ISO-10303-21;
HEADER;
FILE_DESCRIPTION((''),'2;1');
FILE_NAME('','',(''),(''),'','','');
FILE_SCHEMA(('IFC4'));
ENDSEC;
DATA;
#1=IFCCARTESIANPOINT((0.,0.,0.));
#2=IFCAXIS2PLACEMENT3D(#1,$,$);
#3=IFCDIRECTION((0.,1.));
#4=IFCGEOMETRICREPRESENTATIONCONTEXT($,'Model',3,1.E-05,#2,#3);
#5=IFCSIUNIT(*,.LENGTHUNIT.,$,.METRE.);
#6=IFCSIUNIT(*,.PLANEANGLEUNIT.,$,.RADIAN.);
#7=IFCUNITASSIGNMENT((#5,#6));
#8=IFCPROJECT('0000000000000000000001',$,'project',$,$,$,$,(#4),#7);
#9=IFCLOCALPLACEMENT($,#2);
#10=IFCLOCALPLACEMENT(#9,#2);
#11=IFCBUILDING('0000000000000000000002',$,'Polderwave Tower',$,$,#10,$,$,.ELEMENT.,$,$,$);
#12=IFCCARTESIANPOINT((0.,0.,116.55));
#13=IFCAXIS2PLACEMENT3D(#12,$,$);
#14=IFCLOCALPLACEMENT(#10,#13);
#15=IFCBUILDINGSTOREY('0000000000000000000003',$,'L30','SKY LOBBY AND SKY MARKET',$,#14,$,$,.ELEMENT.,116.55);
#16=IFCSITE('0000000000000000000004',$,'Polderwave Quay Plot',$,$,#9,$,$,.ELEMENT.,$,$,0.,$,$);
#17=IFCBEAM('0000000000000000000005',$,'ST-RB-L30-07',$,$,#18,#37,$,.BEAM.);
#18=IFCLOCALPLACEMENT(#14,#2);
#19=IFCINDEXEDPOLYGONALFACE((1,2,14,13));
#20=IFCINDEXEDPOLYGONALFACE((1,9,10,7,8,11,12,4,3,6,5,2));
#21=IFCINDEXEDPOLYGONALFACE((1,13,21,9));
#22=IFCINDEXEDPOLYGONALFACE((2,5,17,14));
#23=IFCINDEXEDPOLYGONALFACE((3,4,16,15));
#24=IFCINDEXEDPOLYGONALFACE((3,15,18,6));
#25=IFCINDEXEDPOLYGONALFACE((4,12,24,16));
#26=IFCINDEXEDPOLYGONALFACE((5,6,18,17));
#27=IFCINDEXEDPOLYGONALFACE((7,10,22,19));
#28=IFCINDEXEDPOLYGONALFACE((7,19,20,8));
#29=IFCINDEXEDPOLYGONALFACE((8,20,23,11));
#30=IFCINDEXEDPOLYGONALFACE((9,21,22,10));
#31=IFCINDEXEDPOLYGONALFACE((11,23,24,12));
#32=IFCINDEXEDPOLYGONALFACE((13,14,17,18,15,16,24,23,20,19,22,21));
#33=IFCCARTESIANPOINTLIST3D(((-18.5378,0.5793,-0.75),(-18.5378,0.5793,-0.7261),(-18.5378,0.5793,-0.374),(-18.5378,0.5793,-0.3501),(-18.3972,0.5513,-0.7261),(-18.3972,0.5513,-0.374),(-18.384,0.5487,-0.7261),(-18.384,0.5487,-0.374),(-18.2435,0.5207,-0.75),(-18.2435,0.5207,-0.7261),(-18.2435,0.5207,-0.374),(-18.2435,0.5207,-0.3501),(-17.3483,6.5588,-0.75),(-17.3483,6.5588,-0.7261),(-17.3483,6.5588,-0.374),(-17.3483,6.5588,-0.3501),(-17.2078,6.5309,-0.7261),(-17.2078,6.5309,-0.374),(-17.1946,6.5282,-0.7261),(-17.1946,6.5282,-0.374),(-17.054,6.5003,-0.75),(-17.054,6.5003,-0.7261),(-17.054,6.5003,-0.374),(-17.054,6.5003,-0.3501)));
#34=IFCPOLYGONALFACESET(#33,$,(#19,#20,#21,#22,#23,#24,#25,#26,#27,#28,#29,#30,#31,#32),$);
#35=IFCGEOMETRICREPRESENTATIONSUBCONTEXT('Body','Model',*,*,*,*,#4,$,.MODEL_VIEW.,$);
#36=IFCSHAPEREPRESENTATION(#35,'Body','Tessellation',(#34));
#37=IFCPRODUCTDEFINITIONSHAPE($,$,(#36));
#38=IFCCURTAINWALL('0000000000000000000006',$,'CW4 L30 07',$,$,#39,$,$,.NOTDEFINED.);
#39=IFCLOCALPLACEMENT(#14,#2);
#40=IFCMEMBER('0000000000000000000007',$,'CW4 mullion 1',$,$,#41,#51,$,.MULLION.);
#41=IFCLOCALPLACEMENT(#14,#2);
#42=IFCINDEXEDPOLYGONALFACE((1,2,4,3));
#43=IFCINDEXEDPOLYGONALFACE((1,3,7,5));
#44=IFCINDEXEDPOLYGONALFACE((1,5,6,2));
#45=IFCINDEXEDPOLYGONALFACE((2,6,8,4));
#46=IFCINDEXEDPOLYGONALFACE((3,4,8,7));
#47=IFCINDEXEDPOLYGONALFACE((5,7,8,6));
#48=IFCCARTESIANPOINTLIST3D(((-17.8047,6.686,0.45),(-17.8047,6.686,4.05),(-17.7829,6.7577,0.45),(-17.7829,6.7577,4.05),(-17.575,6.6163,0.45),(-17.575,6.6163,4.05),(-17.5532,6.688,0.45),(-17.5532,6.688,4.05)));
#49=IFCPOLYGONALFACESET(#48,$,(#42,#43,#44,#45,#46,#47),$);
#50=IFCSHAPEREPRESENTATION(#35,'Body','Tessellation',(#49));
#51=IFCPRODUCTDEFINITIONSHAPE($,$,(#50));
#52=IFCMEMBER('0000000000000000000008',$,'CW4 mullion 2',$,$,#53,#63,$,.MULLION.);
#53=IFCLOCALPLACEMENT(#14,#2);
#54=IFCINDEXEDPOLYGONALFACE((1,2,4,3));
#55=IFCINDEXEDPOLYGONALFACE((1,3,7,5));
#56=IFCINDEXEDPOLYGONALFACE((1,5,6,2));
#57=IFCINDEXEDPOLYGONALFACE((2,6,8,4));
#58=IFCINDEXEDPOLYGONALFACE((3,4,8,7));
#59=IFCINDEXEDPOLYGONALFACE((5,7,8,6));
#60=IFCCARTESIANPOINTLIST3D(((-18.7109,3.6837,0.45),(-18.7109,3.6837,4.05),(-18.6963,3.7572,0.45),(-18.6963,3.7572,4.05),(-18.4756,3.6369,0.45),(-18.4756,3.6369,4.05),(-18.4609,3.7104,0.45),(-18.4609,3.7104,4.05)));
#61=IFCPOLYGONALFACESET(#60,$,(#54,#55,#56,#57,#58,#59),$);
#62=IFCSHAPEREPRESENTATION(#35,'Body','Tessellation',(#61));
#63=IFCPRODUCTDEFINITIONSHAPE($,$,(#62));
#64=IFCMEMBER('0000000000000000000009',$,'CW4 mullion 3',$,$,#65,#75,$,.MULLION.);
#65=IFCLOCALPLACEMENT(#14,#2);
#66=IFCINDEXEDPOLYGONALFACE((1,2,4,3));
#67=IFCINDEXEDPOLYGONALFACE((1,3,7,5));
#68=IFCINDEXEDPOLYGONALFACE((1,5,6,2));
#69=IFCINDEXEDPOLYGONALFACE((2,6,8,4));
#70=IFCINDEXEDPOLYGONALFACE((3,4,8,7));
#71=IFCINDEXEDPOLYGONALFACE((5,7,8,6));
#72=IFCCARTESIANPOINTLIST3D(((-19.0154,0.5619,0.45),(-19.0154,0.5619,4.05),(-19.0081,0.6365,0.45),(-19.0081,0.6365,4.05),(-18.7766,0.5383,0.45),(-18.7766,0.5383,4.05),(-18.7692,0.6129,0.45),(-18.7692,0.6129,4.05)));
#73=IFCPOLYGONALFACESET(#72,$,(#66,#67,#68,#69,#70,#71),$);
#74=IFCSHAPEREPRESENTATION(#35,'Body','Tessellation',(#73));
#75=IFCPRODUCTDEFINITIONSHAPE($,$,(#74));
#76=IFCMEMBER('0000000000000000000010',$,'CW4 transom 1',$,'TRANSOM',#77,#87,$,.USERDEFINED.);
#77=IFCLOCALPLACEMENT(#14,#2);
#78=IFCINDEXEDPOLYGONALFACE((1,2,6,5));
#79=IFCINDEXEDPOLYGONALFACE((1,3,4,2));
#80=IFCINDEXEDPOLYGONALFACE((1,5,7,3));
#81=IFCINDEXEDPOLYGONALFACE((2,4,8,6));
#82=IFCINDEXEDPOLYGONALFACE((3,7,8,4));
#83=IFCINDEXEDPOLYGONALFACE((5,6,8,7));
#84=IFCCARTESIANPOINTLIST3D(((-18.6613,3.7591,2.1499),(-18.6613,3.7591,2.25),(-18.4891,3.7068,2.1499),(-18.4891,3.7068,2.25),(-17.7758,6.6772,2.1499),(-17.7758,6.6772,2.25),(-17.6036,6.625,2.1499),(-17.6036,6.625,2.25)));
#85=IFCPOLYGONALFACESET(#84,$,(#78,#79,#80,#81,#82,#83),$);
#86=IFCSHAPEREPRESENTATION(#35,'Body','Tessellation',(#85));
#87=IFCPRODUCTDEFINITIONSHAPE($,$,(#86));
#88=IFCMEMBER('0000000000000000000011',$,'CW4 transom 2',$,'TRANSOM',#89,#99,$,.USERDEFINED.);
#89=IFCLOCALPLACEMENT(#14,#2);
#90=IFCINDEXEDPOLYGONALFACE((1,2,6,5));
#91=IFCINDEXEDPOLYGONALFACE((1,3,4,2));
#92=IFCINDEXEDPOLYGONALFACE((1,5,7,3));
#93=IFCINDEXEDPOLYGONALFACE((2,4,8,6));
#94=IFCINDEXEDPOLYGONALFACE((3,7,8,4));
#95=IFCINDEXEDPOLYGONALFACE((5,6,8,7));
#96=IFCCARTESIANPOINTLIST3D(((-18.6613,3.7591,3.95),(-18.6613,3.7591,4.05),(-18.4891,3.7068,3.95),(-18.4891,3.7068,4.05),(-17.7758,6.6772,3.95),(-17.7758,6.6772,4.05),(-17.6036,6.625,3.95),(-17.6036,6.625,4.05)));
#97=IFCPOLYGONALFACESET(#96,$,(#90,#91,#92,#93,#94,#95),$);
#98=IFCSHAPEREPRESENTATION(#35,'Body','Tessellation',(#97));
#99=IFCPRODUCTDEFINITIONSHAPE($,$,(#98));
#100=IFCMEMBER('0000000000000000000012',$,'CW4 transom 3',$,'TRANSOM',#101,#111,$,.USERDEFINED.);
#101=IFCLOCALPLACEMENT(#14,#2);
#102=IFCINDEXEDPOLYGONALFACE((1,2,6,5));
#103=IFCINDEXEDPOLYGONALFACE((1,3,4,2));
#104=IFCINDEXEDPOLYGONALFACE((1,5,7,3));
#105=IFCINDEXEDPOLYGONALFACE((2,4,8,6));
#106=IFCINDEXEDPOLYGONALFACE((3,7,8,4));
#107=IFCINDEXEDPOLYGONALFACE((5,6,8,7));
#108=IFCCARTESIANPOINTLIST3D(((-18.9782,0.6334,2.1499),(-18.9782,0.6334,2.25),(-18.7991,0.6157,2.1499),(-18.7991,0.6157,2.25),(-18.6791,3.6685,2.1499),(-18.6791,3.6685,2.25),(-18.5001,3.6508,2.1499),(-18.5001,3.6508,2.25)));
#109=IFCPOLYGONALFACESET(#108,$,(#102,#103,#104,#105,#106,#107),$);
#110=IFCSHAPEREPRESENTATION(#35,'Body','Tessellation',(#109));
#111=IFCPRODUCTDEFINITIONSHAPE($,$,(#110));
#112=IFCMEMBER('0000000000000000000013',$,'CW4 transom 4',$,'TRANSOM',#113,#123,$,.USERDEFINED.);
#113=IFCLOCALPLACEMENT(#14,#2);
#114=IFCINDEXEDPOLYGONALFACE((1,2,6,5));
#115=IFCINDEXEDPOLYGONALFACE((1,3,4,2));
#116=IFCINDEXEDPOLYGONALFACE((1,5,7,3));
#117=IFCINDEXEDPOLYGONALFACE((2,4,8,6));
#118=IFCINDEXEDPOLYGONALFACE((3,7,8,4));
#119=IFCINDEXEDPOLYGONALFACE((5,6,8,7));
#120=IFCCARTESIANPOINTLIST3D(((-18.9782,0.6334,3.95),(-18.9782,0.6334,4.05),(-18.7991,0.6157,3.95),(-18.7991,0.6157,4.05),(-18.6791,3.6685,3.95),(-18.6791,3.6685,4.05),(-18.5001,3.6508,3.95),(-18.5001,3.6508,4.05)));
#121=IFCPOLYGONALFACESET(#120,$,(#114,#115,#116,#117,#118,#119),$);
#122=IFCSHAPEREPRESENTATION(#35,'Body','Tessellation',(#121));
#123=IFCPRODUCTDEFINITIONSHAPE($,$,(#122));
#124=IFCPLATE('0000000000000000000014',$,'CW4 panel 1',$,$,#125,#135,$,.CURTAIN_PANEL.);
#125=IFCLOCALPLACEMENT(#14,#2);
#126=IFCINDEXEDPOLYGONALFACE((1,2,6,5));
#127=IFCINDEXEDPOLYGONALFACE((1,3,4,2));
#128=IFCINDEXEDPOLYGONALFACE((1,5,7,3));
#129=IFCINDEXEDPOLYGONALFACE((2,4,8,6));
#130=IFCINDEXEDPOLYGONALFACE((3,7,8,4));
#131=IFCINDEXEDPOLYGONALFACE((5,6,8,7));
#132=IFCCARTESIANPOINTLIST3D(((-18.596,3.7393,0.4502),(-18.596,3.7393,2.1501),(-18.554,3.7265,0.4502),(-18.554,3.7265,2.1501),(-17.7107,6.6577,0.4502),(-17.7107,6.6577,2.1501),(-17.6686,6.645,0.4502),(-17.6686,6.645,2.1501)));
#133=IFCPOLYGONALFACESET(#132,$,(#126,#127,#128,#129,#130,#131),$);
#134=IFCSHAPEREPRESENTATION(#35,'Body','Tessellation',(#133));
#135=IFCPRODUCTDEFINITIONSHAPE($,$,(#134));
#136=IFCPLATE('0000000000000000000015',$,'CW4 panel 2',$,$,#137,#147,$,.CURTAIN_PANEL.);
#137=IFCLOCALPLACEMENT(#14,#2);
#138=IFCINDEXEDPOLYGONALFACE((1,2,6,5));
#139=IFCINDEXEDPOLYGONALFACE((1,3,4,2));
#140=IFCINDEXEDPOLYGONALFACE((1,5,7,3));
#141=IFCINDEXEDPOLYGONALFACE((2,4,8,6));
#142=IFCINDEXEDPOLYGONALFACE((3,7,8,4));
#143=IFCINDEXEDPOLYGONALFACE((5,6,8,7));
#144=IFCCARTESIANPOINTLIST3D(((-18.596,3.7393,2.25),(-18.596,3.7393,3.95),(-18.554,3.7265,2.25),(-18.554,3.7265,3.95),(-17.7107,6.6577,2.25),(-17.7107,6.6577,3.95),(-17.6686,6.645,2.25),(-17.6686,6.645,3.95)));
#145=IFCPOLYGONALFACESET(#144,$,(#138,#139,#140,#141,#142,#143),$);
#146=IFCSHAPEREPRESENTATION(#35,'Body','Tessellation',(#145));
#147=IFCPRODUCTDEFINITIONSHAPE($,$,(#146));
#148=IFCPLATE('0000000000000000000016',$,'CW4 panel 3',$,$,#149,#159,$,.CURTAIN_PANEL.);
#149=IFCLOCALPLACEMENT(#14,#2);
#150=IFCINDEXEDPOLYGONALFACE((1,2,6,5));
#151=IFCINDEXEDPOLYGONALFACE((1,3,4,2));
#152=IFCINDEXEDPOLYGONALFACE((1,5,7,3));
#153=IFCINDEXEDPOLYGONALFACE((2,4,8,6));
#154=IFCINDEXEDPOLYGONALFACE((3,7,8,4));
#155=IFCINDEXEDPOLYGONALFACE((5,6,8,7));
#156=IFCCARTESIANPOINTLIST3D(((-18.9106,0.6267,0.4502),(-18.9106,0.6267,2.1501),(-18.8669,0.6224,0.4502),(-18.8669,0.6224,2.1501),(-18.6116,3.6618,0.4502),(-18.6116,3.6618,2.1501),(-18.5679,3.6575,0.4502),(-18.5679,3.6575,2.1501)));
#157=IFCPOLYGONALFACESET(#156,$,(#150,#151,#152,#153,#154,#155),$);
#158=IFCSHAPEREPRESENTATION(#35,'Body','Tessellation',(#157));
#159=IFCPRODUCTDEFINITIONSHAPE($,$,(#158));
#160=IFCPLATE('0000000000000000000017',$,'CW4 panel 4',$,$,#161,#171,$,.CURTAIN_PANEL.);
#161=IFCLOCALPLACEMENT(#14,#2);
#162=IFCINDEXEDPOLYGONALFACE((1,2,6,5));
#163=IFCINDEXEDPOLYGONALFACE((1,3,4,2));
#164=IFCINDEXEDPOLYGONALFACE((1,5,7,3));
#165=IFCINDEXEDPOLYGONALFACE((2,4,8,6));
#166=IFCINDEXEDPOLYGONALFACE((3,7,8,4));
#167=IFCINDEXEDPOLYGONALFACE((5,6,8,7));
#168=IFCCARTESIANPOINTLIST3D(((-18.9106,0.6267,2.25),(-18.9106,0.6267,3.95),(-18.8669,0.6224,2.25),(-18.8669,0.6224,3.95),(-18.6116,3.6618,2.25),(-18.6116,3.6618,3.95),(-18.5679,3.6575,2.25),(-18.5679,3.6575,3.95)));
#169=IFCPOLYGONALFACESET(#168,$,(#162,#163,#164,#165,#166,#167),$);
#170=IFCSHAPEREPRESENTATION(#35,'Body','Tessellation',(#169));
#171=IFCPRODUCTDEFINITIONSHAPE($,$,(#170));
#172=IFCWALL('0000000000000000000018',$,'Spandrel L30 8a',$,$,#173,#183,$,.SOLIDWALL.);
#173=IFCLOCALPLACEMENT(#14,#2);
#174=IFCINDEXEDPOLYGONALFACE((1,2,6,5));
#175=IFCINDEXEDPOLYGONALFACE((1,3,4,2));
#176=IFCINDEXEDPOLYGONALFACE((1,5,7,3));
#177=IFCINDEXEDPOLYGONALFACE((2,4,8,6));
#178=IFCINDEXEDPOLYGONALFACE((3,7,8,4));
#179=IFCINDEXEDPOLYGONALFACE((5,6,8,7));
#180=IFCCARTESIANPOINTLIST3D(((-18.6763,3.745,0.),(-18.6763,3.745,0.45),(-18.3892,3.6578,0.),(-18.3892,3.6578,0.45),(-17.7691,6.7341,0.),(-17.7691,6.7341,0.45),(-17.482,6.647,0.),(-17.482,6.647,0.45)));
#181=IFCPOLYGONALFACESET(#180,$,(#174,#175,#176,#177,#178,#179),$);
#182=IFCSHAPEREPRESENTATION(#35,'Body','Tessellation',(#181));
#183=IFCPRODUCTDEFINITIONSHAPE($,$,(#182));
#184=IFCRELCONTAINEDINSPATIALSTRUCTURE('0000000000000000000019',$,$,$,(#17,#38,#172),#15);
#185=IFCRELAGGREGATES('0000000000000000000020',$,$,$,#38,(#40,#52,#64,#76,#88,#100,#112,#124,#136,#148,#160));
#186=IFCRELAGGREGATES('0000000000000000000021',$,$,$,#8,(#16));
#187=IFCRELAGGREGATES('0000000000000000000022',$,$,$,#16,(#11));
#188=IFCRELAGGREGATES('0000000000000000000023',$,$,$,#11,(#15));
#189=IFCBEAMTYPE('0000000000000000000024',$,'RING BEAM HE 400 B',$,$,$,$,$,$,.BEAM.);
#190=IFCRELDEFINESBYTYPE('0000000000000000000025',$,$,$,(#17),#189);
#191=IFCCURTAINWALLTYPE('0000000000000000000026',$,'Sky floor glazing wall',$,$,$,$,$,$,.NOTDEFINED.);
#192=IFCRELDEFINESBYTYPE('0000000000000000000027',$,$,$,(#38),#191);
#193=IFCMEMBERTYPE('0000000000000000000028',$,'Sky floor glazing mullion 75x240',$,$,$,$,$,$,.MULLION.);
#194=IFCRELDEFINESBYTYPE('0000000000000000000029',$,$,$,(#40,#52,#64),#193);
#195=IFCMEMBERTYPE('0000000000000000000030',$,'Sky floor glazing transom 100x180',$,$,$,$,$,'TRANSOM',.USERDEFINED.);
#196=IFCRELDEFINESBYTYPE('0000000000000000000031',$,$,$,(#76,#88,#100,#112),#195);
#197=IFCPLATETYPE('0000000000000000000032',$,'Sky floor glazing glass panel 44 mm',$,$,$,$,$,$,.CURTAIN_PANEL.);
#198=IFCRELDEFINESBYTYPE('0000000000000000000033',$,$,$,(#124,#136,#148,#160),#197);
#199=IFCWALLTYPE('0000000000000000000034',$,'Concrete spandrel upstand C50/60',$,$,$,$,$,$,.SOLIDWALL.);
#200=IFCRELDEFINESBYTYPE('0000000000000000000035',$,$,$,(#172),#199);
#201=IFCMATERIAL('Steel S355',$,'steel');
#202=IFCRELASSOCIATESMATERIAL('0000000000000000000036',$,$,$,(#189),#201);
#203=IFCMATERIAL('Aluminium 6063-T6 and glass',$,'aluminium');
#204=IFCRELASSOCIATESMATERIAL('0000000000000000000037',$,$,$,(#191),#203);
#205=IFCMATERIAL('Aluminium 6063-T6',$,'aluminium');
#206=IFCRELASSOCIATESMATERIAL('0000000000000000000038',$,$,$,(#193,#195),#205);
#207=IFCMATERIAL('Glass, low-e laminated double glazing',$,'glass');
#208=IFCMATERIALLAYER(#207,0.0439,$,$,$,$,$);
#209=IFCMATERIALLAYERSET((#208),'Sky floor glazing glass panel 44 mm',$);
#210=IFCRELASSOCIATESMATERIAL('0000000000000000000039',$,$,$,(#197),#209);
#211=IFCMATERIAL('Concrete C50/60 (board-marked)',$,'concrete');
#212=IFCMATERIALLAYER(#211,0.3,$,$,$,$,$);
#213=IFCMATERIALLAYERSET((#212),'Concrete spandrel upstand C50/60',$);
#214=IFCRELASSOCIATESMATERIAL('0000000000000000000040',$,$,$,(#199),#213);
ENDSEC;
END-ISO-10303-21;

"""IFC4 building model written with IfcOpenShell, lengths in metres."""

from ifc_helpers import new_model, si_unit, direction, frame, frame_2d, origin, origin_2d, place, context, subcontext, project, spatial, rectangle, i_section, extrude, material, layer, layer_set, material_profile, profile_set, type_object, element, aggregate, save


model = new_model("IFC4")

# Units and contexts
model_context = context("Model", 3, precision=1e-05, world=origin(), true_north=direction((0.0, 1.0)))
body_context = subcontext(model_context, "Body", "Model", "MODEL_VIEW")
ifc_project = project(units=[si_unit("LENGTHUNIT", "METRE"), si_unit("PLANEANGLEUNIT", "RADIAN")], contexts=[model_context])

# Site, building, storey
site_placement = place(None, origin())
site = spatial("IfcSite", under=ifc_project, at=site_placement, Name="Polderwave Quay Plot", CompositionType="ELEMENT", RefElevation=0.0)
building_placement = place(site_placement, origin())
building = spatial("IfcBuilding", under=site, at=building_placement, Name="Polderwave Tower", CompositionType="ELEMENT")
storey_placement = place(building_placement, frame((0.0, 0.0, 116.55)))
storey = spatial("IfcBuildingStorey", under=building, at=storey_placement, Name="L30", Description="SKY LOBBY AND SKY MARKET", CompositionType="ELEMENT", Elevation=116.55)

# Beam
ifc_material_1 = material(Name="Steel S355", Category="steel")
ifc_material_profile_1 = material_profile(ifc_material_1, i_section(OverallWidth=0.3, OverallDepth=0.3999, WebThickness=0.0134, FlangeThickness=0.0239, at=origin_2d()), Name="HE 400 B")
ifc_profile_set_1 = profile_set([ifc_material_profile_1], Name="Steel S355")
beam_type = type_object("IfcBeamType", Name="RING BEAM HE 400 B", PredefinedType="BEAM", material=ifc_profile_set_1)
beam_placement = place(storey_placement, frame((-17.2012, 6.5295, -0.55), z_axis=(-0.1951, -0.980783, 0.0), x_axis=(0.980783, -0.1951, 0.0)))
element("IfcBeam", 1, at=beam_placement, inside=storey, type_object=beam_type, Name="ST-RB-L30-07", PredefinedType="BEAM", context=body_context, shape_type="SweptSolid", body=[
    extrude(i_section(OverallWidth=0.3, OverallDepth=0.3999, WebThickness=0.0134, FlangeThickness=0.0239, at=origin_2d()), origin(), (0.0, 0.0, 1.0), 6.0967),
])

# Curtain wall, members, plates
ifc_material_2 = material(Name="Aluminium 6063-T6 and glass", Category="aluminium")
curtain_wall_type = type_object("IfcCurtainWallType", Name="Sky floor glazing wall", PredefinedType="NOTDEFINED", material=ifc_material_2)
curtain_wall_placement = place(storey_placement, origin())
curtain_wall = element("IfcCurtainWall", 2, at=curtain_wall_placement, inside=storey, type_object=curtain_wall_type, Name="CW4 L30 07", PredefinedType="NOTDEFINED")
ifc_material_3 = material(Name="Aluminium 6063-T6", Category="aluminium")
ifc_material_profile_2 = material_profile(ifc_material_3, rectangle(XDim=0.24, YDim=0.075, at=origin_2d()), Name="AL 75x240")
ifc_profile_set_2 = profile_set([ifc_material_profile_2], Name="Aluminium 6063-T6")
member_type_1 = type_object("IfcMemberType", Name="Sky floor glazing mullion 75x240", PredefinedType="MULLION", material=ifc_profile_set_2)
member_1_placement = place(storey_placement, frame((-17.679, 6.687, 0.45), z_axis=(0.0, 0.0, 1.0), x_axis=(0.956934, -0.290306, 0.0)))
member_1 = element("IfcMember", 3, at=member_1_placement, type_object=member_type_1, Name="CW4 mullion 1", PredefinedType="MULLION", context=body_context, shape_type="SweptSolid", body=[
    extrude(rectangle(XDim=0.24, YDim=0.075, at=origin_2d()), origin(), (0.0, 0.0, 1.0), 3.6001),
])
member_2_placement = place(storey_placement, frame((-18.5859, 3.697, 0.45), z_axis=(0.0, 0.0, 1.0), x_axis=(0.980782, -0.195109, 0.0)))
member_2 = element("IfcMember", 4, at=member_2_placement, type_object=member_type_1, Name="CW4 mullion 2", PredefinedType="MULLION", context=body_context, shape_type="SweptSolid", body=[
    extrude(rectangle(XDim=0.24, YDim=0.075, at=origin_2d()), origin(), (0.0, 0.0, 1.0), 3.6001),
])
member_3_placement = place(storey_placement, frame((-18.8923, 0.5874, 0.45), z_axis=(0.0, 0.0, 1.0), x_axis=(0.995183, -0.098033, 0.0)))
member_3 = element("IfcMember", 5, at=member_3_placement, type_object=member_type_1, Name="CW4 mullion 3", PredefinedType="MULLION", context=body_context, shape_type="SweptSolid", body=[
    extrude(rectangle(XDim=0.24, YDim=0.075, at=origin_2d()), origin(), (0.0, 0.0, 1.0), 3.6001),
])
ifc_material_profile_3 = material_profile(ifc_material_3, rectangle(XDim=0.1799, YDim=0.1001, at=origin_2d()), Name="AL 100x180")
ifc_profile_set_3 = profile_set([ifc_material_profile_3], Name="Aluminium 6063-T6")
member_type_2 = type_object("IfcMemberType", Name="Sky floor glazing transom 100x180", ElementType="TRANSOM", PredefinedType="USERDEFINED", material=ifc_profile_set_3)
member_4_placement = place(storey_placement, frame((-17.6897, 6.6511, 2.2), z_axis=(-0.290365, -0.956916, 0.0), x_axis=(0.956916, -0.290365, 0.0)))
member_4 = element("IfcMember", 6, at=member_4_placement, type_object=member_type_2, Name="CW4 transom 1", ObjectType="TRANSOM", PredefinedType="USERDEFINED", context=body_context, shape_type="SweptSolid", body=[
    extrude(rectangle(XDim=0.1799, YDim=0.1001, at=origin_2d()), origin(), (0.0, 0.0, 1.0), 3.0496),
])
member_5_placement = place(storey_placement, frame((-17.6897, 6.6511, 4.0), z_axis=(-0.290365, -0.956916, 0.0), x_axis=(0.956916, -0.290365, 0.0)))
member_5 = element("IfcMember", 7, at=member_5_placement, type_object=member_type_2, Name="CW4 transom 2", ObjectType="TRANSOM", PredefinedType="USERDEFINED", context=body_context, shape_type="SweptSolid", body=[
    extrude(rectangle(XDim=0.1799, YDim=0.1001, at=origin_2d()), origin(), (0.0, 0.0, 1.0), 3.0496),
])
member_6_placement = place(storey_placement, frame((-18.5896, 3.6597, 2.2), z_axis=(-0.098061, -0.99518, 0.0), x_axis=(0.99518, -0.098061, 0.0)))
member_6 = element("IfcMember", 8, at=member_6_placement, type_object=member_type_2, Name="CW4 transom 3", ObjectType="TRANSOM", PredefinedType="USERDEFINED", context=body_context, shape_type="SweptSolid", body=[
    extrude(rectangle(XDim=0.1799, YDim=0.1001, at=origin_2d()), origin(), (0.0, 0.0, 1.0), 3.0498),
])
member_7_placement = place(storey_placement, frame((-18.5896, 3.6597, 4.0), z_axis=(-0.098061, -0.99518, 0.0), x_axis=(0.99518, -0.098061, 0.0)))
member_7 = element("IfcMember", 9, at=member_7_placement, type_object=member_type_2, Name="CW4 transom 4", ObjectType="TRANSOM", PredefinedType="USERDEFINED", context=body_context, shape_type="SweptSolid", body=[
    extrude(rectangle(XDim=0.1799, YDim=0.1001, at=origin_2d()), origin(), (0.0, 0.0, 1.0), 3.0498),
])
ifc_material_4 = material(Name="Glass, low-e laminated double glazing", Category="glass")
ifc_layer_1 = layer(ifc_material_4, 0.0439)
ifc_layer_set_1 = layer_set([ifc_layer_1], Name="Sky floor glazing glass panel 44 mm")
plate_type = type_object("IfcPlateType", Name="Sky floor glazing glass panel 44 mm", PredefinedType="CURTAIN_PANEL", material=ifc_layer_set_1)
plate_1_placement = place(storey_placement, frame((-18.1323, 5.1921, 0.4502), z_axis=(0.0, 0.0, 1.0), x_axis=(-0.290306, -0.956934, 0.0)))
plate_1 = element("IfcPlate", 10, at=plate_1_placement, type_object=plate_type, Name="CW4 panel 1", PredefinedType="CURTAIN_PANEL", context=body_context, shape_type="SweptSolid", body=[
    extrude(rectangle(XDim=3.0498, YDim=0.0439, at=origin_2d()), origin(), (0.0, 0.0, 1.0), 1.7),
])
plate_2_placement = place(storey_placement, frame((-18.1323, 5.1921, 2.25), z_axis=(0.0, 0.0, 1.0), x_axis=(-0.290306, -0.956934, 0.0)))
plate_2 = element("IfcPlate", 11, at=plate_2_placement, type_object=plate_type, Name="CW4 panel 2", PredefinedType="CURTAIN_PANEL", context=body_context, shape_type="SweptSolid", body=[
    extrude(rectangle(XDim=3.0498, YDim=0.0439, at=origin_2d()), origin(), (0.0, 0.0, 1.0), 1.7),
])
plate_3_placement = place(storey_placement, frame((-18.7393, 2.1421, 0.4502), z_axis=(0.0, 0.0, 1.0), x_axis=(-0.098033, -0.995183, 0.0)))
plate_3 = element("IfcPlate", 12, at=plate_3_placement, type_object=plate_type, Name="CW4 panel 3", PredefinedType="CURTAIN_PANEL", context=body_context, shape_type="SweptSolid", body=[
    extrude(rectangle(XDim=3.0498, YDim=0.0439, at=origin_2d()), origin(), (0.0, 0.0, 1.0), 1.7),
])
plate_4_placement = place(storey_placement, frame((-18.7393, 2.1421, 2.25), z_axis=(0.0, 0.0, 1.0), x_axis=(-0.098033, -0.995183, 0.0)))
plate_4 = element("IfcPlate", 13, at=plate_4_placement, type_object=plate_type, Name="CW4 panel 4", PredefinedType="CURTAIN_PANEL", context=body_context, shape_type="SweptSolid", body=[
    extrude(rectangle(XDim=3.0498, YDim=0.0439, at=origin_2d()), origin(), (0.0, 0.0, 1.0), 1.7),
])
aggregate(curtain_wall, [member_1, member_2, member_3, member_4, member_5, member_6, member_7, plate_1, plate_2, plate_3, plate_4])

# Wall
ifc_material_5 = material(Name="Concrete C50/60 (board-marked)", Category="concrete")
ifc_layer_2 = layer(ifc_material_5, 0.3)
ifc_layer_set_2 = layer_set([ifc_layer_2], Name="Concrete spandrel upstand C50/60")
wall_type_1 = type_object("IfcWallType", Name="Concrete spandrel upstand C50/60", PredefinedType="SOLIDWALL", material=ifc_layer_set_2)
wall_1_placement = place(storey_placement, frame((-17.6255, 6.6907, 0.0), z_axis=(0.0, 0.0, 1.0), x_axis=(-0.290415, -0.956901, 0.0)))
element("IfcWall", 14, at=wall_1_placement, inside=storey, type_object=wall_type_1, Name="Spandrel L30 8a", PredefinedType="SOLIDWALL", context=body_context, shape_type="SweptSolid", body=[
    extrude(rectangle(XDim=3.1238, YDim=0.3, at=frame_2d((1.562, 0.0))), origin(), (0.0, 0.0, 1.0), 0.45),
])

save(model, "model.ifc")
